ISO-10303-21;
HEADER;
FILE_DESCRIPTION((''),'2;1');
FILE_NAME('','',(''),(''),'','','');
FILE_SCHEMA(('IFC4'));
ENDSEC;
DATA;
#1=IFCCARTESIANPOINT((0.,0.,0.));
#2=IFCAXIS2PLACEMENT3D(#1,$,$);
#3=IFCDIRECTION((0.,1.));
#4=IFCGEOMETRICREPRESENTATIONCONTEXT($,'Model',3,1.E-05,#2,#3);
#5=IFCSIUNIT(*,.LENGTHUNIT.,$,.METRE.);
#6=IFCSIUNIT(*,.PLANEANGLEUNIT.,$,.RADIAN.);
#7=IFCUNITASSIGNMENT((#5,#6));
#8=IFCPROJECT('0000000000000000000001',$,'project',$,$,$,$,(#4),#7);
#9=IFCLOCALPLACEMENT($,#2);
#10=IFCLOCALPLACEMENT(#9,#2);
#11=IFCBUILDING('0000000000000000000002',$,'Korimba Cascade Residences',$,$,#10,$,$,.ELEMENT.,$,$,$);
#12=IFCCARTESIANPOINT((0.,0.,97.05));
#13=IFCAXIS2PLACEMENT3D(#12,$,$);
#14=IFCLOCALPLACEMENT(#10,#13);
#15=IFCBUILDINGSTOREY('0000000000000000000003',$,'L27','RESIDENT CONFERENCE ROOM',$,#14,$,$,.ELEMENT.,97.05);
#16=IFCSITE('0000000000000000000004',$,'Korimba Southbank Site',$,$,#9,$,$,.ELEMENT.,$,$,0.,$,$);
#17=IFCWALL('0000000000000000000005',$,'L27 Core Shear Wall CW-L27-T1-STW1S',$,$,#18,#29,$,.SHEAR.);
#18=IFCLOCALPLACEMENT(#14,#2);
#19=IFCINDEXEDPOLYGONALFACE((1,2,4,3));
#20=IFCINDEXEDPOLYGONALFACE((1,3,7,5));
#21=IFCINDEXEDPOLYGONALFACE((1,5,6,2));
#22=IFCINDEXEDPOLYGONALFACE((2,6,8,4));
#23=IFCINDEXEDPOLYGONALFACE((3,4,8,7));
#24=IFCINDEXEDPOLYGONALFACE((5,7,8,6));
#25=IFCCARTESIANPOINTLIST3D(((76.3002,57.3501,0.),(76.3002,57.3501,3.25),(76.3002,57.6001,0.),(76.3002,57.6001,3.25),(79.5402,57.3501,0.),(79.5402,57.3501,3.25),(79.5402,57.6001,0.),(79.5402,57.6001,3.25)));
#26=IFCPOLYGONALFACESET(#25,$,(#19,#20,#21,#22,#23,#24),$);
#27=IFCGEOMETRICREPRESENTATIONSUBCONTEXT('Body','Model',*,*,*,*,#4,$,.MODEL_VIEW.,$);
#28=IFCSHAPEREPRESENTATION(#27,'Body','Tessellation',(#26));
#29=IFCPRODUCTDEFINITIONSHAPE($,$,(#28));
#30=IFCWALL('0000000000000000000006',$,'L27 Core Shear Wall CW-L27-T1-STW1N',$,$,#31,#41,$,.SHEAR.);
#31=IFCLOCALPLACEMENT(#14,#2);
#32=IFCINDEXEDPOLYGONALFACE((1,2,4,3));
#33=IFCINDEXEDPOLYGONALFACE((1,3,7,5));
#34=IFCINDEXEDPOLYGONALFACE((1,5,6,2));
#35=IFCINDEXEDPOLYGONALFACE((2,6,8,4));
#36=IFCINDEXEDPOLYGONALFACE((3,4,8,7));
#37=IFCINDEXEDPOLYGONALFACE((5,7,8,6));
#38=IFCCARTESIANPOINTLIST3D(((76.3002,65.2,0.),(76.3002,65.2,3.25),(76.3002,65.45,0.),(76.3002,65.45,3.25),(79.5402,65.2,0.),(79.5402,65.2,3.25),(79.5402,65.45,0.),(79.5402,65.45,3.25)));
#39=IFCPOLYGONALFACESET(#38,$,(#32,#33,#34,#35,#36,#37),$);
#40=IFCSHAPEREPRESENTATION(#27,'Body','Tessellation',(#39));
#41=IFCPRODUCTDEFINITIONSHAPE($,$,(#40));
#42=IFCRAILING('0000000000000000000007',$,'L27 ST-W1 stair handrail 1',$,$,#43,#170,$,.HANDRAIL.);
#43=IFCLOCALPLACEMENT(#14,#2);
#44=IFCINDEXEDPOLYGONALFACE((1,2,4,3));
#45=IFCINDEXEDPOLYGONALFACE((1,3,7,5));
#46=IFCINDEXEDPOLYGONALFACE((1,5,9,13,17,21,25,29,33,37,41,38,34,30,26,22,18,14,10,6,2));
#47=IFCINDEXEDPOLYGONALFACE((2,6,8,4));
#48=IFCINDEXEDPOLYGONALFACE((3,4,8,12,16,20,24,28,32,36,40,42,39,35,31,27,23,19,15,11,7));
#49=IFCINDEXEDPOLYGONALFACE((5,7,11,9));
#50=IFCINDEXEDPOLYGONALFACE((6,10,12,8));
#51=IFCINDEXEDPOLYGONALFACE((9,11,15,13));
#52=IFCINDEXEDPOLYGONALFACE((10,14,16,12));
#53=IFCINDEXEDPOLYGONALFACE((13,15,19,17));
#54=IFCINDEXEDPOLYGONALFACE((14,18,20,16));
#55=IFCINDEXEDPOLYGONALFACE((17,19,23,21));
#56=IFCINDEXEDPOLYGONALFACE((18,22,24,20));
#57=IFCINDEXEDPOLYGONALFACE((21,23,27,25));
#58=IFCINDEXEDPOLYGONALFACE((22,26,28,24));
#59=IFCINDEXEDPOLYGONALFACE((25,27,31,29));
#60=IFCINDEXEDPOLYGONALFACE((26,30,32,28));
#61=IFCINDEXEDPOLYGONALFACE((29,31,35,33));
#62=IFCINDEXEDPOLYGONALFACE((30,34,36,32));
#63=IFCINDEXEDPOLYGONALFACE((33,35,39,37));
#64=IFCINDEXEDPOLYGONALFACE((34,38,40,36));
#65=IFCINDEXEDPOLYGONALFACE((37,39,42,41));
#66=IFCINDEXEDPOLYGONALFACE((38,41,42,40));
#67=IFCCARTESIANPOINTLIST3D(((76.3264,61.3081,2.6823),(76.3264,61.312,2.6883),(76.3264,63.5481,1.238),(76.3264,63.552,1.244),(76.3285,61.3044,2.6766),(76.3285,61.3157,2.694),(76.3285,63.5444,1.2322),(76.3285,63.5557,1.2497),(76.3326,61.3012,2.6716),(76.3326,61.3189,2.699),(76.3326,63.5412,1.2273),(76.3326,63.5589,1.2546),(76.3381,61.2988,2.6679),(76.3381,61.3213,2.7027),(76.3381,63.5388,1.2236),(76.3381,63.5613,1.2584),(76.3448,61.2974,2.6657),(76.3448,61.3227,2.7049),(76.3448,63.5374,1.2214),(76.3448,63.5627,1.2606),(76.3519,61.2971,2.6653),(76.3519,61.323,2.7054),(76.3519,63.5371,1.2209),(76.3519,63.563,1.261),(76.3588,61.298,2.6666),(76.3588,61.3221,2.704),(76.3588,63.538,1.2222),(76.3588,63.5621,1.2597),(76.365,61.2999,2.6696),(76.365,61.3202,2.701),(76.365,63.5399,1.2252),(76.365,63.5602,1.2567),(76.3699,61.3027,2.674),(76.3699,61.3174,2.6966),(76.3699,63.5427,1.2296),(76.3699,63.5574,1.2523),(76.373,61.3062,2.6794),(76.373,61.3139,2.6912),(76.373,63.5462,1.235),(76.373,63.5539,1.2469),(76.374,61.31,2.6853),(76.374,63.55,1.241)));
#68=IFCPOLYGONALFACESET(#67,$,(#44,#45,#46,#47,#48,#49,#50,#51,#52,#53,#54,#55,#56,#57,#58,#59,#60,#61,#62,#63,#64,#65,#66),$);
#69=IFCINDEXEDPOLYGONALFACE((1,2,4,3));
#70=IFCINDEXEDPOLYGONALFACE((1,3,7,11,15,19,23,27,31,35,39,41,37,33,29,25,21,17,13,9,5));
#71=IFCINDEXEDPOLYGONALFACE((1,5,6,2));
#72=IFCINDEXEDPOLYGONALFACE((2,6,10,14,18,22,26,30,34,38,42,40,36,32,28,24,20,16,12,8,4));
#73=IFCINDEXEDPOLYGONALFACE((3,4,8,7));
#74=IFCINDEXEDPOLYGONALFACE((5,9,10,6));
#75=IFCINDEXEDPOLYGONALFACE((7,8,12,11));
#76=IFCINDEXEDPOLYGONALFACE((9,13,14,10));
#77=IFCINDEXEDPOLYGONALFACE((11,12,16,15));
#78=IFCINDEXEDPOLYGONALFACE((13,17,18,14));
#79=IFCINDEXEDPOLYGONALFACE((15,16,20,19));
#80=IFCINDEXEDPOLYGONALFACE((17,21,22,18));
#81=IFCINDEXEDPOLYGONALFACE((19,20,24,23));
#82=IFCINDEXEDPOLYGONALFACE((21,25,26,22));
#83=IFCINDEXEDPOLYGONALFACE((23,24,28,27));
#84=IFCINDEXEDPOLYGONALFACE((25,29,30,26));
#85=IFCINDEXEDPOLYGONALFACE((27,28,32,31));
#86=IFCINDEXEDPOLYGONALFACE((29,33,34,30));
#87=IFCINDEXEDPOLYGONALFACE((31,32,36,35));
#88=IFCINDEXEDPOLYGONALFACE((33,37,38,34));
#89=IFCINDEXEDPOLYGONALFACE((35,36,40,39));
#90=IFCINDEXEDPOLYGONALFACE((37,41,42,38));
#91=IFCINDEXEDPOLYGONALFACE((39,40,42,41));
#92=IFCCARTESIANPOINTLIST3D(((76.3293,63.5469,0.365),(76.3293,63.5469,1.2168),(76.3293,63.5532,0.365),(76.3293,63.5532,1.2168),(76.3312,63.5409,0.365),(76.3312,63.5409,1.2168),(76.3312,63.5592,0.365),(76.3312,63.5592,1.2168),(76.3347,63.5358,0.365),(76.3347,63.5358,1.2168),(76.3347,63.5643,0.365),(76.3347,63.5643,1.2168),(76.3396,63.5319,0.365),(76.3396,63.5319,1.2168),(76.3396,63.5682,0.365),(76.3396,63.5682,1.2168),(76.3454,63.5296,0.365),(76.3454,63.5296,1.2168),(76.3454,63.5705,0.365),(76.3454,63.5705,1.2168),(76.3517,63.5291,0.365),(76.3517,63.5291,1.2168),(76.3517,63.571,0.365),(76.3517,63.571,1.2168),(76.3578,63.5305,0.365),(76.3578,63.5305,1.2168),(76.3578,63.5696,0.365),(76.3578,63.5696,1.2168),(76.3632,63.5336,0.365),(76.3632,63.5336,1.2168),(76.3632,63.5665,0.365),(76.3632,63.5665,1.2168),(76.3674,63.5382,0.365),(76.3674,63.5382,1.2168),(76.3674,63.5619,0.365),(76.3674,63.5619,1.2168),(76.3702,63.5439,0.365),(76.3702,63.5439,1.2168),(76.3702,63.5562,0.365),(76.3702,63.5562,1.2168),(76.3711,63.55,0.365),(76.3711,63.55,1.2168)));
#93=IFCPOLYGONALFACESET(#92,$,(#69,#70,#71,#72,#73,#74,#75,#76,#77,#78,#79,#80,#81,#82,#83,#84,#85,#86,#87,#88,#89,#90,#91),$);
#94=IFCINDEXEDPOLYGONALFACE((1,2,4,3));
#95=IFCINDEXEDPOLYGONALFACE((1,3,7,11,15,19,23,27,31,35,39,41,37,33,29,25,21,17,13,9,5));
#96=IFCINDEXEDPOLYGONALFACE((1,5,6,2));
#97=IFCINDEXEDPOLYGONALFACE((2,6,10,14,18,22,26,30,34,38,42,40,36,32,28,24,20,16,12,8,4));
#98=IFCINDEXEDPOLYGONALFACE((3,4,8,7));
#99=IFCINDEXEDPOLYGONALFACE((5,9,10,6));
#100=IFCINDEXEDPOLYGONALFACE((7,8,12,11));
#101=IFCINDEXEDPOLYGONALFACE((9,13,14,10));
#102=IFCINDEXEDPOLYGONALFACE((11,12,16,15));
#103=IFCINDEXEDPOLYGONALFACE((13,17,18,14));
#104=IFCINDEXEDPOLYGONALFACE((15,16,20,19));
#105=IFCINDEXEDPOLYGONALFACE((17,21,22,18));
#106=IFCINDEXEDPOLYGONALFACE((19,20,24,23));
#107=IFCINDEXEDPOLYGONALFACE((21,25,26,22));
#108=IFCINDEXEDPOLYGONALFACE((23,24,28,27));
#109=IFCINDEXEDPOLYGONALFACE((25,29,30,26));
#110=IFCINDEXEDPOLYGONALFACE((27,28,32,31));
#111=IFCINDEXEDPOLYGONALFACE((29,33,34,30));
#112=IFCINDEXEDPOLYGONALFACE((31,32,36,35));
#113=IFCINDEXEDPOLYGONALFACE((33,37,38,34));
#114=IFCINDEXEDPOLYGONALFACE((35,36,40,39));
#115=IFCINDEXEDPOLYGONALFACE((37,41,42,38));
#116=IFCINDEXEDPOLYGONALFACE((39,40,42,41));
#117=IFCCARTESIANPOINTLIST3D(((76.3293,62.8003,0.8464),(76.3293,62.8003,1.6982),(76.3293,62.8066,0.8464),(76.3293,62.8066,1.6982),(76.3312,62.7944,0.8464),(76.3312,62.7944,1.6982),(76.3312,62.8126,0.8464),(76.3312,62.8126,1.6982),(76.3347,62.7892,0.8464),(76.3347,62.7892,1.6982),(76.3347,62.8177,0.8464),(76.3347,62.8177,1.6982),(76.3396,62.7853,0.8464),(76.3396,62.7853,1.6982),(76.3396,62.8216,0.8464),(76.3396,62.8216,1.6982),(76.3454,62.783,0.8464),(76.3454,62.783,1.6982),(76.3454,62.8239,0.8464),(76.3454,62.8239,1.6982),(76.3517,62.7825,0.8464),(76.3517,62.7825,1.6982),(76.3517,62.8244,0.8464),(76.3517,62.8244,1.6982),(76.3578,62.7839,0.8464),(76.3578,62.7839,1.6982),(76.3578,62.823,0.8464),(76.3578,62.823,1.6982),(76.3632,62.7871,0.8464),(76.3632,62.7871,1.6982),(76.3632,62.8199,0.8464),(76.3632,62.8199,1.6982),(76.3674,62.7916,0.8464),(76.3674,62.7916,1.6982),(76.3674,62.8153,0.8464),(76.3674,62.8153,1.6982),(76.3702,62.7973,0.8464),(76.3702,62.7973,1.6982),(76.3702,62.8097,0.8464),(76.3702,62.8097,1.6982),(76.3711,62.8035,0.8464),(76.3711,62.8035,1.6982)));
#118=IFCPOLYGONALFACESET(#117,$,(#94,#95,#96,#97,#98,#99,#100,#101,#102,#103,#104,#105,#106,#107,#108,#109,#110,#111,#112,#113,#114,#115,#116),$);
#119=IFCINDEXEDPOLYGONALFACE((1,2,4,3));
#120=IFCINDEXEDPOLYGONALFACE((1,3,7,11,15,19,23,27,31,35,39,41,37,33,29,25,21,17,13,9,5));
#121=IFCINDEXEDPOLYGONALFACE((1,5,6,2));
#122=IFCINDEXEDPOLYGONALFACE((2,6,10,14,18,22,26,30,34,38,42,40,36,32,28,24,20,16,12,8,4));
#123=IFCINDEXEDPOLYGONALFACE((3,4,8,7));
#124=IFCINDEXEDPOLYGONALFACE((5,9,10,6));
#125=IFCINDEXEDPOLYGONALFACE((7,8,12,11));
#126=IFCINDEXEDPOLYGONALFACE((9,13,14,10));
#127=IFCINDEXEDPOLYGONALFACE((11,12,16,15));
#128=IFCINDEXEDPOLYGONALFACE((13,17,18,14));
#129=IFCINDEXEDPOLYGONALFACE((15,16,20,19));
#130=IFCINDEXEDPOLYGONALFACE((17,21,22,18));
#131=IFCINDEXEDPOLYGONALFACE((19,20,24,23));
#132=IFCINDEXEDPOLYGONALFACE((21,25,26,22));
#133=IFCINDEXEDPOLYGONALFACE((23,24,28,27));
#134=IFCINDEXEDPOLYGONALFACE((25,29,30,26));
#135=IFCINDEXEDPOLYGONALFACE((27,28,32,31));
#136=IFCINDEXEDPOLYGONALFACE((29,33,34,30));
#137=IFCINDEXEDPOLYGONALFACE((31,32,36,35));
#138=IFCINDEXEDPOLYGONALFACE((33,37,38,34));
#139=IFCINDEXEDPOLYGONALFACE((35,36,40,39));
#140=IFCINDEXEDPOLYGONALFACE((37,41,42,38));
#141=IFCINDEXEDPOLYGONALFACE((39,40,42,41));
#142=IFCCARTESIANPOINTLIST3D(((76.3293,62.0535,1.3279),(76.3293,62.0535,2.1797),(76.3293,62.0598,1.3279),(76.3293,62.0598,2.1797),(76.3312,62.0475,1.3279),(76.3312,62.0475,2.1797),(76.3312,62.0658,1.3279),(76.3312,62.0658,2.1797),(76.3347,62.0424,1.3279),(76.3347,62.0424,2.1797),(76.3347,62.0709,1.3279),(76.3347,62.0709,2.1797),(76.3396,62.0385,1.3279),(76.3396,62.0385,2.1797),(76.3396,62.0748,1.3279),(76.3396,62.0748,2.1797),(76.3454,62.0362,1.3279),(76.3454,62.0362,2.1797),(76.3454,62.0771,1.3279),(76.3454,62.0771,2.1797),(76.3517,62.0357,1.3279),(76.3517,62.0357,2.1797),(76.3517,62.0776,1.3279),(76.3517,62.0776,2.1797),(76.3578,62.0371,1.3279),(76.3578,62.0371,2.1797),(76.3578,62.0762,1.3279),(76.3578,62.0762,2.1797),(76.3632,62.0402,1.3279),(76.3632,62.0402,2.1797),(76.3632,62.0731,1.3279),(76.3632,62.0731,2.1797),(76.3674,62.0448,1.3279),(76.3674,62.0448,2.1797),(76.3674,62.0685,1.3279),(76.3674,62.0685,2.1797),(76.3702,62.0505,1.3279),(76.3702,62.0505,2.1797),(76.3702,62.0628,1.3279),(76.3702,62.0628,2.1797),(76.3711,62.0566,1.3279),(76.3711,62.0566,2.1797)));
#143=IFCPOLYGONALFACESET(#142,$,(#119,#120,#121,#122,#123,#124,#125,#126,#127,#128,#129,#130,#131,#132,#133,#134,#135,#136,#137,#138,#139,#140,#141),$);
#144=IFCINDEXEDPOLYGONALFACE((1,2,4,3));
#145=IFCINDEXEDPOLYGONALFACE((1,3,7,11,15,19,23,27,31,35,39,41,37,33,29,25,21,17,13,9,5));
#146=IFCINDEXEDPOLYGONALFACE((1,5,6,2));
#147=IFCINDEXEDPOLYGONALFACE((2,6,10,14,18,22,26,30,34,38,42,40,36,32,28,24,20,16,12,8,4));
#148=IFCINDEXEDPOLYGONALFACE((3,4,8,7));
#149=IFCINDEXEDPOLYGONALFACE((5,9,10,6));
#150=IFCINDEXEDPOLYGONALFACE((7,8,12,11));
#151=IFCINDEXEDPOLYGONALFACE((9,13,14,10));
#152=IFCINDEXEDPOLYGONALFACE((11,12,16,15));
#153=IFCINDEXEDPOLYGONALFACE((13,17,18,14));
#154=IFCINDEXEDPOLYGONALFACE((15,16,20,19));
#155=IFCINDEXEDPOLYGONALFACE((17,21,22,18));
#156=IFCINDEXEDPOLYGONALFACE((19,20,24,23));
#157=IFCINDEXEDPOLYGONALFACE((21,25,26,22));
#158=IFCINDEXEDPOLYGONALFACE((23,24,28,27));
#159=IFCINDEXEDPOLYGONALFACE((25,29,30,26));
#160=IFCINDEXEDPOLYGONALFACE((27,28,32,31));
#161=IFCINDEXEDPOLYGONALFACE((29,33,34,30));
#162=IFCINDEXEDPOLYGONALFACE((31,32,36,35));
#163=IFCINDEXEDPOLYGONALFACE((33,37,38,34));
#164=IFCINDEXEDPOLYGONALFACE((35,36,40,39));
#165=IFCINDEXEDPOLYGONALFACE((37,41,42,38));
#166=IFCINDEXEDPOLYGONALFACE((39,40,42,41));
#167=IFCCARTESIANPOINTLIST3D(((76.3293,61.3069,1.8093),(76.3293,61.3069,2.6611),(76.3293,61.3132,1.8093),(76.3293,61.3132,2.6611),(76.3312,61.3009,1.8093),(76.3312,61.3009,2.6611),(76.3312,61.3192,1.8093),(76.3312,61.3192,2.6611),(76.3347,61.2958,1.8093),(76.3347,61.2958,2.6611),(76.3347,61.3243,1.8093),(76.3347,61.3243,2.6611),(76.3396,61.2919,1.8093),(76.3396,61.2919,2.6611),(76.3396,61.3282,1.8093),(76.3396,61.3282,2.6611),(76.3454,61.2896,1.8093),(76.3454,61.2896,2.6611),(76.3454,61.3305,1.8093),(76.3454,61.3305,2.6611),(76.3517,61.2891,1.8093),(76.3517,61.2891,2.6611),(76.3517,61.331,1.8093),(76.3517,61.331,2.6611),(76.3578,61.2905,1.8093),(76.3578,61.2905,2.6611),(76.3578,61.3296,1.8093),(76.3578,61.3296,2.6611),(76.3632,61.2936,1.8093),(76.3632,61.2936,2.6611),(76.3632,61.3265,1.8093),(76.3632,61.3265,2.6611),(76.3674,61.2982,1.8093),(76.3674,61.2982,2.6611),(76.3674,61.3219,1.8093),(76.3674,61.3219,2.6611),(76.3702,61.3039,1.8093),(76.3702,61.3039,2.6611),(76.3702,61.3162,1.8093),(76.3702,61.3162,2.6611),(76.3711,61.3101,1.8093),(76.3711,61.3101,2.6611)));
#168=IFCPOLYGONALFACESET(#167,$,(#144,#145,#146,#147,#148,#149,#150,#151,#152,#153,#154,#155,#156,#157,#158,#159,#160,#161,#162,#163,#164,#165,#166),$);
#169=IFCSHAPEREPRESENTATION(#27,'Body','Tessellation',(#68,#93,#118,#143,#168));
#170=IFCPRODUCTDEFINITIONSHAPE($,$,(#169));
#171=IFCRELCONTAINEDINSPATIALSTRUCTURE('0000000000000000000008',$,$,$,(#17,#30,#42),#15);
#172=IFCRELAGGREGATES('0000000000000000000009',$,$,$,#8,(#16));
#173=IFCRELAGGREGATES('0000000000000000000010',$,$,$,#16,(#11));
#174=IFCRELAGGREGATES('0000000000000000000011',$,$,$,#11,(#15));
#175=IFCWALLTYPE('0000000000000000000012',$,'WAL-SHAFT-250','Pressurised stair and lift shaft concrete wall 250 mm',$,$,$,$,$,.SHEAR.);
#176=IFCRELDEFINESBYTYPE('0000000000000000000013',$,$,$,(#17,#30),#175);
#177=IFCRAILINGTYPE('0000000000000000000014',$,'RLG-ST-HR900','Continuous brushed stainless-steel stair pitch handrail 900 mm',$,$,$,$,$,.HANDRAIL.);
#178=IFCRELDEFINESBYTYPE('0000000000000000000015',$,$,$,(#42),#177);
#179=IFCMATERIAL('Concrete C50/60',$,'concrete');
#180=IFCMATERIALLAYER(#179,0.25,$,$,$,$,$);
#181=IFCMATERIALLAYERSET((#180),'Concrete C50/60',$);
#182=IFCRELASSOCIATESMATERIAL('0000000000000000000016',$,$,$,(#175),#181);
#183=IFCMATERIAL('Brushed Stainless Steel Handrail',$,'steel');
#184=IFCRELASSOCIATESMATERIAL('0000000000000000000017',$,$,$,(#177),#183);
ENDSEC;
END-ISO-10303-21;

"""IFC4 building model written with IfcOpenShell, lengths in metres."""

from ifc_helpers import new_model, si_unit, direction, frame, frame_2d, origin, origin_2d, place, context, subcontext, project, spatial, rectangle, circle, extrude, material, layer, layer_set, type_object, element, save


model = new_model("IFC4")

# Units and contexts
model_context = context("Model", 3, precision=1e-05, world=origin(), true_north=direction((0.0, 1.0)))
body_context = subcontext(model_context, "Body", "Model", "MODEL_VIEW")
ifc_project = project(units=[si_unit("LENGTHUNIT", "METRE"), si_unit("PLANEANGLEUNIT", "RADIAN")], contexts=[model_context])

# Site, building, storey
site_placement = place(None, origin())
site = spatial("IfcSite", under=ifc_project, at=site_placement, Name="Korimba Southbank Site", CompositionType="ELEMENT", RefElevation=0.0)
building_placement = place(site_placement, origin())
building = spatial("IfcBuilding", under=site, at=building_placement, Name="Korimba Cascade Residences", CompositionType="ELEMENT")
storey_placement = place(building_placement, frame((0.0, 0.0, 97.05)))
storey = spatial("IfcBuildingStorey", under=building, at=storey_placement, Name="L27", Description="RESIDENT CONFERENCE ROOM", CompositionType="ELEMENT", Elevation=97.05)

# Walls
ifc_material_1 = material(Name="Concrete C50/60", Category="concrete")
ifc_layer_1 = layer(ifc_material_1, 0.25)
ifc_layer_set_1 = layer_set([ifc_layer_1], Name="Concrete C50/60")
wall_type_1 = type_object("IfcWallType", Name="WAL-SHAFT-250", Description="Pressurised stair and lift shaft concrete wall 250 mm", PredefinedType="SHEAR", material=ifc_layer_set_1)
for number, where, z_axis, x_axis, name in (
    (1, (76.3, 57.4751, 0.0), (0.0, 0.0, 1.0), (1.0, 0.0, 0.0), "L27 Core Shear Wall CW-L27-T1-STW1S"),
    (2, (76.3, 65.325, 0.0), (0.0, 0.0, 1.0), (1.0, 0.0, 0.0), "L27 Core Shear Wall CW-L27-T1-STW1N"),
):
    element("IfcWall", number, at=place(storey_placement, frame(where, z_axis=z_axis, x_axis=x_axis)), inside=storey, type_object=wall_type_1, Name=name, PredefinedType="SHEAR", context=body_context, shape_type="SweptSolid", body=[
        extrude(rectangle(XDim=3.24, YDim=0.25, at=frame_2d((1.6201, 0.0))), origin(), (0.0, 0.0, 1.0), 3.25),
    ])

# Railing
ifc_material_2 = material(Name="Brushed Stainless Steel Handrail", Category="steel")
railing_type = type_object("IfcRailingType", Name="RLG-ST-HR900", Description="Continuous brushed stainless-steel stair pitch handrail 900 mm", PredefinedType="HANDRAIL", material=ifc_material_2)
railing_placement = place(storey_placement, frame((76.3501, 63.55, 0.365)))
element("IfcRailing", 3, at=railing_placement, inside=storey, type_object=railing_type, Name="L27 ST-W1 stair handrail 1", PredefinedType="HANDRAIL", context=body_context, shape_type="SweptSolid", body=[
    extrude(circle(Radius=0.0239, at=origin_2d()), frame((0.0, 0.0, 0.876), z_axis=(0.0, -0.840437, 0.54191), x_axis=(1.0, 0.0, 0.0)), (0.0, 0.0, 1.0), 2.6653),
    extrude(circle(Radius=0.021, at=origin_2d()), origin(), (0.0, 0.0, 1.0), 0.8518),
    extrude(circle(Radius=0.021, at=origin_2d()), frame((0.0, -0.7466, 0.4814)), (0.0, 0.0, 1.0), 0.8518),
    extrude(circle(Radius=0.021, at=origin_2d()), frame((0.0, -1.4934, 0.9629)), (0.0, 0.0, 1.0), 0.8518),
    extrude(circle(Radius=0.021, at=origin_2d()), frame((0.0, -2.24, 1.4443)), (0.0, 0.0, 1.0), 0.8518),
])

save(model, "model.ifc")
